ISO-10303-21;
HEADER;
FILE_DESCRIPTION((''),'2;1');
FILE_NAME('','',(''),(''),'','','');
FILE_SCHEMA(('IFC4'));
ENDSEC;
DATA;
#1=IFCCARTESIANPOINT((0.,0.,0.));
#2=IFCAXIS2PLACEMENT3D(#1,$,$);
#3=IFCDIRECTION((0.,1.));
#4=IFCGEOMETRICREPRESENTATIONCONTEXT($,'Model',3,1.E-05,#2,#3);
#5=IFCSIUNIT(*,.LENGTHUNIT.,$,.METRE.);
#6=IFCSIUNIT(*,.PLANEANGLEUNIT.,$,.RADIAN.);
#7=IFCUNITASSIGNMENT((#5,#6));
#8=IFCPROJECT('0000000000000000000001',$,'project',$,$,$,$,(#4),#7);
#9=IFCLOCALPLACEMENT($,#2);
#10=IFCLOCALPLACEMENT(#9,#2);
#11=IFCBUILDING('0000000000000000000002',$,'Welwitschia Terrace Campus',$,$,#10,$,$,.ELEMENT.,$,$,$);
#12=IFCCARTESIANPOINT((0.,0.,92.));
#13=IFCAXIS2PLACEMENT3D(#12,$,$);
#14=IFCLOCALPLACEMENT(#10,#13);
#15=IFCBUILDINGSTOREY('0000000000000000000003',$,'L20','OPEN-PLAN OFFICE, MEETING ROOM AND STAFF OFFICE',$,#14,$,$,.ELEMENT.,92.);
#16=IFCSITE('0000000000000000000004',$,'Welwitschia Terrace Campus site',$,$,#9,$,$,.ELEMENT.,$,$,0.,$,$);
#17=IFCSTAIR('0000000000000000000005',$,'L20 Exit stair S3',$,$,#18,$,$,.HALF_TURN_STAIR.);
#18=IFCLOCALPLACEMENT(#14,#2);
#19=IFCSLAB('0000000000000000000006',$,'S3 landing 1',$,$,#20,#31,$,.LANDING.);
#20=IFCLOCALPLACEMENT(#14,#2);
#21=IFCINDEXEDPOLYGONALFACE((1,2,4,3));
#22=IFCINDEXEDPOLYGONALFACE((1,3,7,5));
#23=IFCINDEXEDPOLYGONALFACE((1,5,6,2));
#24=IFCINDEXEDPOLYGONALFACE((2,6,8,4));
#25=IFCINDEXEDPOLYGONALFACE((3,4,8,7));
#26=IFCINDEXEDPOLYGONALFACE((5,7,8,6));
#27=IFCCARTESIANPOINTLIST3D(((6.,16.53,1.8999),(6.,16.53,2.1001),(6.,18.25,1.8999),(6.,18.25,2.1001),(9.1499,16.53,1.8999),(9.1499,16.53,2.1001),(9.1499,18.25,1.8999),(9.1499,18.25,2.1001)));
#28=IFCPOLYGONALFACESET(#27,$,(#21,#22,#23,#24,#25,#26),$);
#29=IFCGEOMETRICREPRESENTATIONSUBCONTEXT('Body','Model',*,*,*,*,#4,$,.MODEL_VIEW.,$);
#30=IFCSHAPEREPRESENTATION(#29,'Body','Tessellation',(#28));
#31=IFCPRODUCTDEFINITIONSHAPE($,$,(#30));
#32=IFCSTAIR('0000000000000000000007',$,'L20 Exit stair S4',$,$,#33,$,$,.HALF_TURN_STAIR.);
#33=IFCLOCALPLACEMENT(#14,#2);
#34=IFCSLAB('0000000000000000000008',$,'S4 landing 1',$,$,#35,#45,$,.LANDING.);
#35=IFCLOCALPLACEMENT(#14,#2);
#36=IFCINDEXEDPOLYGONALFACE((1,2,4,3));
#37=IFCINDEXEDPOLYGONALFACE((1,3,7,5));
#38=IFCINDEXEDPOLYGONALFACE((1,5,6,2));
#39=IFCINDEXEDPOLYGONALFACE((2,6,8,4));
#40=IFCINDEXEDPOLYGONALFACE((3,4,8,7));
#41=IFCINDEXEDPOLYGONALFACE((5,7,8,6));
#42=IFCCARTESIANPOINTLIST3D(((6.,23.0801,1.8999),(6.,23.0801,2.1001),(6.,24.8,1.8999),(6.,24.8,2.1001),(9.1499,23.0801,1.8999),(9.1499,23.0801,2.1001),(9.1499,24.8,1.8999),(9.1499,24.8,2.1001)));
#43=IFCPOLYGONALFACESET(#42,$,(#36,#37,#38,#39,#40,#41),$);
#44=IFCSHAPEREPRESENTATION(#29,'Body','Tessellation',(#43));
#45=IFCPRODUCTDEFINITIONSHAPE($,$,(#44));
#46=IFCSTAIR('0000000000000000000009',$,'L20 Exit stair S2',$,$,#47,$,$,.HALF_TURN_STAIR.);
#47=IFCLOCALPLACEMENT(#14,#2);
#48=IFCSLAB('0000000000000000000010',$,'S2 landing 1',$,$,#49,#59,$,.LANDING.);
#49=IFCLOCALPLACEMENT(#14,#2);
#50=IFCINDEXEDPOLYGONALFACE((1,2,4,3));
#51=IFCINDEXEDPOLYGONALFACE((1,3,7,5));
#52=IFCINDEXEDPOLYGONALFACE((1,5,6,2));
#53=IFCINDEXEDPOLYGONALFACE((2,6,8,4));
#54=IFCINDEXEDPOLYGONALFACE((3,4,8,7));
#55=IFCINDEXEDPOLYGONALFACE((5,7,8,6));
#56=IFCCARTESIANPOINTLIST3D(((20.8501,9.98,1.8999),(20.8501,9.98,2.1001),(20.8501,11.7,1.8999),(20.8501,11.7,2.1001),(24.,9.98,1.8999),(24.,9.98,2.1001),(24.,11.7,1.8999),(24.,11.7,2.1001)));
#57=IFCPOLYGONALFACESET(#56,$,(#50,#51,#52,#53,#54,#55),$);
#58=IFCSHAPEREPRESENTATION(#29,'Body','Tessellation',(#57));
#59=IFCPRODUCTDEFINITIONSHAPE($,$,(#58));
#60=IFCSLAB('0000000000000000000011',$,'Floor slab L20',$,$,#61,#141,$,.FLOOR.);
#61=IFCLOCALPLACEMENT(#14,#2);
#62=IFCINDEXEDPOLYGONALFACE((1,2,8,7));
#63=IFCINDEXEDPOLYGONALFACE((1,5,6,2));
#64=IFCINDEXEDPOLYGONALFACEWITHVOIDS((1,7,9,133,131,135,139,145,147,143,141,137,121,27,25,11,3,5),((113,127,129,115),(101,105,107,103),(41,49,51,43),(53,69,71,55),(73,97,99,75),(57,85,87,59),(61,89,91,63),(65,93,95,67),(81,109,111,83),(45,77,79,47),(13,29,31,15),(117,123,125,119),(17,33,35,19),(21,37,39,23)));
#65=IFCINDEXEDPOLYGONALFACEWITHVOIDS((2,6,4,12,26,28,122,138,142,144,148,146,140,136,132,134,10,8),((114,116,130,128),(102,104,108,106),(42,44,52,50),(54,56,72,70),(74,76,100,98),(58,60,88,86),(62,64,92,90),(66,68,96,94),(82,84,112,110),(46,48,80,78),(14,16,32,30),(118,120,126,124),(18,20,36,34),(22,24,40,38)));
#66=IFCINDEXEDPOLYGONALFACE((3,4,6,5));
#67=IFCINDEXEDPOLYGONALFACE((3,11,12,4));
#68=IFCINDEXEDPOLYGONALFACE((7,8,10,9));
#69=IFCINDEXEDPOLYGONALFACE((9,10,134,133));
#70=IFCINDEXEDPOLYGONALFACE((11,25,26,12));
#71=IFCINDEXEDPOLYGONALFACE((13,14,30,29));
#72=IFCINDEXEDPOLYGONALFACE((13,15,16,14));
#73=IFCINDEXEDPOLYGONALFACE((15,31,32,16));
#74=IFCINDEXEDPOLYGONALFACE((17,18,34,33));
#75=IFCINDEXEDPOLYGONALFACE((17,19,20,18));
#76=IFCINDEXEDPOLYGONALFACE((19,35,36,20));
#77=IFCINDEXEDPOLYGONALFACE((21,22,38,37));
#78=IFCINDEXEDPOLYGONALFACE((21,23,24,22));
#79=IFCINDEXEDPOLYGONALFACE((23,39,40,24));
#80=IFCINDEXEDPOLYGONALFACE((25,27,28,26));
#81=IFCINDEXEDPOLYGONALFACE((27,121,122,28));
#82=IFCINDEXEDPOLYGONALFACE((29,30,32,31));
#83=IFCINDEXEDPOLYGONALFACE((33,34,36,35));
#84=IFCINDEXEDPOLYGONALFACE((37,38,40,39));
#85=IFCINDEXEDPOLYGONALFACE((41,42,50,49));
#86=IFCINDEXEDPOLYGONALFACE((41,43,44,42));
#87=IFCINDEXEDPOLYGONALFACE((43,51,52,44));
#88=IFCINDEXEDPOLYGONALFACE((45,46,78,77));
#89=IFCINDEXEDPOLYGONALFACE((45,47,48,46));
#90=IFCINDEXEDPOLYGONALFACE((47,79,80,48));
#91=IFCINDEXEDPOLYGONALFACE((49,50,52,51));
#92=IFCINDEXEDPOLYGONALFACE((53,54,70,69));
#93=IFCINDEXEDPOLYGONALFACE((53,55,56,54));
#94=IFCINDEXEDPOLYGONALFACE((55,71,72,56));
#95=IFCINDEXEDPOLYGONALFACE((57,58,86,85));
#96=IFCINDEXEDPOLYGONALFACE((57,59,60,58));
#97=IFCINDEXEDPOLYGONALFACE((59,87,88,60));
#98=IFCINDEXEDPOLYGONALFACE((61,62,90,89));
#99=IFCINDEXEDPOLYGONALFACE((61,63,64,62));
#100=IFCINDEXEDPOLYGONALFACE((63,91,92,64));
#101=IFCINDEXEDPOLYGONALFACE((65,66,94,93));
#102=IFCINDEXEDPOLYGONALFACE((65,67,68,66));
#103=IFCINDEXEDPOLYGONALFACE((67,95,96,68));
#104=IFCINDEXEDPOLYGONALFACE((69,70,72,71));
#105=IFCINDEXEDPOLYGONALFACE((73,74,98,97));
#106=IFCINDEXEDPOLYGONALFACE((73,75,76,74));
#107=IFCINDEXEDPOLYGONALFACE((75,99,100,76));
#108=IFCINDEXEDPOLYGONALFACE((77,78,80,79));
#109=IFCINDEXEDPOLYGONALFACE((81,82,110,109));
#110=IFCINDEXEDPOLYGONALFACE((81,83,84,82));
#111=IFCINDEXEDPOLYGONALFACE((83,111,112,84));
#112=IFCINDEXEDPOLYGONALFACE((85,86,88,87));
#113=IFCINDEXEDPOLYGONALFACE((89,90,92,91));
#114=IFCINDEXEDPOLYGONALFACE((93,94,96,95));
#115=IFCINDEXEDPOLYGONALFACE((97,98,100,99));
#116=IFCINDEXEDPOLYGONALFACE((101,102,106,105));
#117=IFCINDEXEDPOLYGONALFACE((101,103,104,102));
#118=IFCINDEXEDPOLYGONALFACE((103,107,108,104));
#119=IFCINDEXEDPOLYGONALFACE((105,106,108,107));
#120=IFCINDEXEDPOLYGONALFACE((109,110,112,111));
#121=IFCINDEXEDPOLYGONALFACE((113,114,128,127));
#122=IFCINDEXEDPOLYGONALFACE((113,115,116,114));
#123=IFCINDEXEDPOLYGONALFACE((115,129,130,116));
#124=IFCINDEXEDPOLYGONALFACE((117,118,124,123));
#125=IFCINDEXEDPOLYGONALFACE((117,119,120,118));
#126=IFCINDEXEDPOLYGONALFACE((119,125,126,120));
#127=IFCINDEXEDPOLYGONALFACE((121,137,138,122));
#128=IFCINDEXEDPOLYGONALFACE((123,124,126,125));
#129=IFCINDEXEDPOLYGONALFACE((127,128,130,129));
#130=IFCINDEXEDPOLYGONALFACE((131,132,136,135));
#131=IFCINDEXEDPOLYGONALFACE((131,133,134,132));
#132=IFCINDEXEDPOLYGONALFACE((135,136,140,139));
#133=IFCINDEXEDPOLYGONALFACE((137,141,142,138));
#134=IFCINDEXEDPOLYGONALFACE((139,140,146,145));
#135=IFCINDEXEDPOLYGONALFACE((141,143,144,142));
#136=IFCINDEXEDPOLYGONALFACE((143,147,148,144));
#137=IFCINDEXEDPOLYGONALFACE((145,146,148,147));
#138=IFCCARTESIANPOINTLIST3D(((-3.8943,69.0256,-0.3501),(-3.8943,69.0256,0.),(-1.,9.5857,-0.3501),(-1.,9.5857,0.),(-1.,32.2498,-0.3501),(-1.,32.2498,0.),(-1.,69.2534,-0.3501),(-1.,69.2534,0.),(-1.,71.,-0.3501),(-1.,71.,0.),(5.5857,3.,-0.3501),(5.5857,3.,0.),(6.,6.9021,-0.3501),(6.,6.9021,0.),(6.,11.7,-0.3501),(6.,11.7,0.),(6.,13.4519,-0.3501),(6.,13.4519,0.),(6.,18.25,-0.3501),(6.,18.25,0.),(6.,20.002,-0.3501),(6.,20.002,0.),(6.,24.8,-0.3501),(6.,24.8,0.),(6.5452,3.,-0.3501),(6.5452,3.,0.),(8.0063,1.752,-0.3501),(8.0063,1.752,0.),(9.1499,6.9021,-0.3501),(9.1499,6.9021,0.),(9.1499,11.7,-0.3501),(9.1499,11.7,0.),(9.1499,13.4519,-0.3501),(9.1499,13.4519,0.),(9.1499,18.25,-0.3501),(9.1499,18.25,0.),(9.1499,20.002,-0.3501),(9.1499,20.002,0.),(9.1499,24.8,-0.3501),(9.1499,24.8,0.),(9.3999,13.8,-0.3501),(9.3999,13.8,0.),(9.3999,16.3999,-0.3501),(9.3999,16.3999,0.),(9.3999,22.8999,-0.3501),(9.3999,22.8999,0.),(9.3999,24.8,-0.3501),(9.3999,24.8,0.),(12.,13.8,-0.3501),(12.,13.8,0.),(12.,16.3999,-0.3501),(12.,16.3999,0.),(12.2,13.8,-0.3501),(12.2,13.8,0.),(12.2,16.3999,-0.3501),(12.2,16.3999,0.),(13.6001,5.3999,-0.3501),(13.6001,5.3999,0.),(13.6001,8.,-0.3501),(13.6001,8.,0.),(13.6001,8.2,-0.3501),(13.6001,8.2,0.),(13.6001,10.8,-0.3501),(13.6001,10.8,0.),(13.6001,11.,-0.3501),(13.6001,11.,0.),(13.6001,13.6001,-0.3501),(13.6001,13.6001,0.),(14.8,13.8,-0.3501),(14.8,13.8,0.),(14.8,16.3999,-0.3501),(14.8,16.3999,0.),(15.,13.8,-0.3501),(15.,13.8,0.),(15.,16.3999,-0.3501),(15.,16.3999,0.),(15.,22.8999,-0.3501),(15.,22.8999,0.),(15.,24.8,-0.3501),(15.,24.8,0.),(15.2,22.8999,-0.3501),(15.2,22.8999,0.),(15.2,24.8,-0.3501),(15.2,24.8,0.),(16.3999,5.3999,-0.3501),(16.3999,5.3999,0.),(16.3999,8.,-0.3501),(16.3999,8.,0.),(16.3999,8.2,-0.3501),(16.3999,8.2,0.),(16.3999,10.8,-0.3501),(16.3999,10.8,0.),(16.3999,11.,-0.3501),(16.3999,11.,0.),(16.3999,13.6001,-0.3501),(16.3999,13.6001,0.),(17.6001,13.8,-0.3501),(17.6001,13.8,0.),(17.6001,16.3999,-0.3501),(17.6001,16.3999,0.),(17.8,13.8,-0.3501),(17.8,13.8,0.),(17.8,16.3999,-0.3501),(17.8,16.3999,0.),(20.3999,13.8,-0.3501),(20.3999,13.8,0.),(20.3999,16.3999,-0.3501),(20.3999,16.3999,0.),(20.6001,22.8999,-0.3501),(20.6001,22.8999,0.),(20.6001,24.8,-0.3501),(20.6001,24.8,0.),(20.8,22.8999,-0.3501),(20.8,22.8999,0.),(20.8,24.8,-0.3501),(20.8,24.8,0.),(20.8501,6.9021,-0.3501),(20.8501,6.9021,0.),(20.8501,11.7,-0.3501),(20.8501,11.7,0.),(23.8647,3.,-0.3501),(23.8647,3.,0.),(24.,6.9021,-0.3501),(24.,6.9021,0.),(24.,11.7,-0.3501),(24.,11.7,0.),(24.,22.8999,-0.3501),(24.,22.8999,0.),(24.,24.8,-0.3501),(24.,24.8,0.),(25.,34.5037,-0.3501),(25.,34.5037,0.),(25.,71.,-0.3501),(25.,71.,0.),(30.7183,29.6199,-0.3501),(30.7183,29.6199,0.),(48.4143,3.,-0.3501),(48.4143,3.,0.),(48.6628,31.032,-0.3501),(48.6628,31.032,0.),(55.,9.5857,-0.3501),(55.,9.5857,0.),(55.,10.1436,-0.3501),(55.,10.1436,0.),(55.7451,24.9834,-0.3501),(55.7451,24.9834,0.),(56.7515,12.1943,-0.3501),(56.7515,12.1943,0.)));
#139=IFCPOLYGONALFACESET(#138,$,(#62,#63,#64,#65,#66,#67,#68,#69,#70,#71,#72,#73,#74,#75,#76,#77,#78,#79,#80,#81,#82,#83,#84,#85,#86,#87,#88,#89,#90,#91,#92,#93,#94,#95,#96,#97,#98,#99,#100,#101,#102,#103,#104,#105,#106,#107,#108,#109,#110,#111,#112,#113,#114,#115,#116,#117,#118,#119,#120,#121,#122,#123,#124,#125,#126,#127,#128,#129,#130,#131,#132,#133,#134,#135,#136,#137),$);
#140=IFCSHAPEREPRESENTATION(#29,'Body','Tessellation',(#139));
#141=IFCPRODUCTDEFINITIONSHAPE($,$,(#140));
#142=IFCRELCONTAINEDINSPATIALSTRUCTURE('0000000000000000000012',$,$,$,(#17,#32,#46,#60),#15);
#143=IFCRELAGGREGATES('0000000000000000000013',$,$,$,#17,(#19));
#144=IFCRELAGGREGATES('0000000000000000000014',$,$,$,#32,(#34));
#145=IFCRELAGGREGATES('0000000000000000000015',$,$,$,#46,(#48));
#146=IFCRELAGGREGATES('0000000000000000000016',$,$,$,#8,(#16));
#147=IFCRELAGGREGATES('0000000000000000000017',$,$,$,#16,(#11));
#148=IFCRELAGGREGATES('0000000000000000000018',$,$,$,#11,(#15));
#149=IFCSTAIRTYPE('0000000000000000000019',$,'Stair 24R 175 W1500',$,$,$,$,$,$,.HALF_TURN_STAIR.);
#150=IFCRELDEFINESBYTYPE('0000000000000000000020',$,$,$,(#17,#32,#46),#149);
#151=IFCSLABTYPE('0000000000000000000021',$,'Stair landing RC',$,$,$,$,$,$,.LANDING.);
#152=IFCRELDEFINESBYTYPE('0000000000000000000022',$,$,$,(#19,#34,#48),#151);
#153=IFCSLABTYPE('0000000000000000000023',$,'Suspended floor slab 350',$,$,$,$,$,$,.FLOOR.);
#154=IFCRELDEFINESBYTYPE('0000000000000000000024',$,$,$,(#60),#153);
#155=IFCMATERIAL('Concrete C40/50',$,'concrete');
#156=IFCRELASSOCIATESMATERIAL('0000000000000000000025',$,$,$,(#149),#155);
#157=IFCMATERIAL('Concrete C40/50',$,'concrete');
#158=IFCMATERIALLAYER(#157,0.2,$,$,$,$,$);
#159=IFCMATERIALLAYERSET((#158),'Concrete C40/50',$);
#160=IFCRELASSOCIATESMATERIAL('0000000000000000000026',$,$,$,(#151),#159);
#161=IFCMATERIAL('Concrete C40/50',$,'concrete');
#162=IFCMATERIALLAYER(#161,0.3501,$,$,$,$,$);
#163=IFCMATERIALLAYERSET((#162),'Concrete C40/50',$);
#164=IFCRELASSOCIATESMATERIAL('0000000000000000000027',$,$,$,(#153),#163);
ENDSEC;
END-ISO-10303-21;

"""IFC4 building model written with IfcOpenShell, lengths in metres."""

from ifc_helpers import new_model, si_unit, direction, frame, origin, place, context, subcontext, project, spatial, polyline, outline, extrude, material, layer, layer_set, type_object, element, aggregate, save


model = new_model("IFC4")

# Units and contexts
model_context = context("Model", 3, precision=1e-05, world=origin(), true_north=direction((0.0, 1.0)))
body_context = subcontext(model_context, "Body", "Model", "MODEL_VIEW")
ifc_project = project(units=[si_unit("LENGTHUNIT", "METRE"), si_unit("PLANEANGLEUNIT", "RADIAN")], contexts=[model_context])

# Site, building, storey
site_placement = place(None, origin())
site = spatial("IfcSite", under=ifc_project, at=site_placement, Name="Welwitschia Terrace Campus site", CompositionType="ELEMENT", RefElevation=0.0)
building_placement = place(site_placement, origin())
building = spatial("IfcBuilding", under=site, at=building_placement, Name="Welwitschia Terrace Campus", CompositionType="ELEMENT")
storey_placement = place(building_placement, frame((0.0, 0.0, 92.0)))
storey = spatial("IfcBuildingStorey", under=building, at=storey_placement, Name="L20", Description="OPEN-PLAN OFFICE, MEETING ROOM AND STAFF OFFICE", CompositionType="ELEMENT", Elevation=92.0)

# Stairs, slabs
ifc_material_1 = material(Name="Concrete C40/50", Category="concrete")
stair_type = type_object("IfcStairType", Name="Stair 24R 175 W1500", PredefinedType="HALF_TURN_STAIR", material=ifc_material_1)
ifc_material_2 = material(Name="Concrete C40/50", Category="concrete")
ifc_layer_1 = layer(ifc_material_2, 0.2)
ifc_layer_set_1 = layer_set([ifc_layer_1], Name="Concrete C40/50")
slab_type_1 = type_object("IfcSlabType", Name="Stair landing RC", PredefinedType="LANDING", material=ifc_layer_set_1)
stair_1_placement = place(storey_placement, origin())
stair_1 = element("IfcStair", 1, at=stair_1_placement, inside=storey, type_object=stair_type, Name="L20 Exit stair S3", PredefinedType="HALF_TURN_STAIR")
slab_1_placement = place(storey_placement, frame((0.0, 0.0, 1.8999)))
slab_1 = element("IfcSlab", 2, at=slab_1_placement, type_object=slab_type_1, Name="S3 landing 1", PredefinedType="LANDING", context=body_context, shape_type="SweptSolid", body=[
    extrude(outline(polyline([(9.1499, 16.53), (9.1499, 18.25), (6.0, 18.25), (6.0, 16.53), (9.1499, 16.53)])), origin(), (0.0, 0.0, 1.0), 0.2002),
])
aggregate(stair_1, [slab_1])
stair_2_placement = place(storey_placement, origin())
stair_2 = element("IfcStair", 3, at=stair_2_placement, inside=storey, type_object=stair_type, Name="L20 Exit stair S4", PredefinedType="HALF_TURN_STAIR")
slab_2_placement = place(storey_placement, frame((0.0, 0.0, 1.8999)))
slab_2 = element("IfcSlab", 4, at=slab_2_placement, type_object=slab_type_1, Name="S4 landing 1", PredefinedType="LANDING", context=body_context, shape_type="SweptSolid", body=[
    extrude(outline(polyline([(9.1499, 23.0801), (9.1499, 24.8), (6.0, 24.8), (6.0, 23.0801), (9.1499, 23.0801)])), origin(), (0.0, 0.0, 1.0), 0.2002),
])
aggregate(stair_2, [slab_2])
stair_3_placement = place(storey_placement, origin())
stair_3 = element("IfcStair", 5, at=stair_3_placement, inside=storey, type_object=stair_type, Name="L20 Exit stair S2", PredefinedType="HALF_TURN_STAIR")
slab_3_placement = place(storey_placement, frame((0.0, 0.0, 1.8999)))
slab_3 = element("IfcSlab", 6, at=slab_3_placement, type_object=slab_type_1, Name="S2 landing 1", PredefinedType="LANDING", context=body_context, shape_type="SweptSolid", body=[
    extrude(outline(polyline([(24.0, 9.98), (24.0, 11.7), (20.8501, 11.7), (20.8501, 9.98), (24.0, 9.98)])), origin(), (0.0, 0.0, 1.0), 0.2002),
])
aggregate(stair_3, [slab_3])

# Slab
ifc_material_3 = material(Name="Concrete C40/50", Category="concrete")
ifc_layer_2 = layer(ifc_material_3, 0.3501)
ifc_layer_set_2 = layer_set([ifc_layer_2], Name="Concrete C40/50")
slab_type_2 = type_object("IfcSlabType", Name="Suspended floor slab 350", PredefinedType="FLOOR", material=ifc_layer_set_2)
slab_4_placement = place(storey_placement, frame((0.0, 0.0, -0.3501)))
element("IfcSlab", 7, at=slab_4_placement, inside=storey, type_object=slab_type_2, Name="Floor slab L20", PredefinedType="FLOOR", context=body_context, shape_type="SweptSolid", body=[
    extrude(outline(polyline([(-1.0, 69.2534), (-1.0, 71.0), (25.0, 71.0), (25.0, 34.5037), (30.7183, 29.6199), (48.6628, 31.032), (55.7451, 24.9834), (56.7515, 12.1943), (55.0, 10.1436), (55.0, 9.5857), (48.4143, 3.0), (23.8647, 3.0), (8.0063, 1.752), (6.5452, 3.0), (5.5857, 3.0), (-1.0, 9.5857), (-1.0, 32.2498), (-3.8943, 69.0256), (-1.0, 69.2534)]), holes=[polyline([(13.6001, 8.0), (13.6001, 5.3999), (16.3999, 5.3999), (16.3999, 8.0), (13.6001, 8.0)]), polyline([(9.1499, 11.7), (6.0, 11.7), (6.0, 6.9021), (9.1499, 6.9021), (9.1499, 11.7)]), polyline([(12.0, 16.3999), (9.3999, 16.3999), (9.3999, 13.8), (12.0, 13.8), (12.0, 16.3999)]), polyline([(14.8, 16.3999), (12.2, 16.3999), (12.2, 13.8), (14.8, 13.8), (14.8, 16.3999)]), polyline([(9.1499, 18.25), (6.0, 18.25), (6.0, 13.4519), (9.1499, 13.4519), (9.1499, 18.25)]), polyline([(9.1499, 24.8), (6.0, 24.8), (6.0, 20.002), (9.1499, 20.002), (9.1499, 24.8)]), polyline([(15.0, 24.8), (9.3999, 24.8), (9.3999, 22.8999), (15.0, 22.8999), (15.0, 24.8)]), polyline([(20.8501, 11.7), (20.8501, 6.9021), (24.0, 6.9021), (24.0, 11.7), (20.8501, 11.7)]), polyline([(16.3999, 10.8), (13.6001, 10.8), (13.6001, 8.2), (16.3999, 8.2), (16.3999, 10.8)]), polyline([(16.3999, 13.6001), (13.6001, 13.6001), (13.6001, 11.0), (16.3999, 11.0), (16.3999, 13.6001)]), polyline([(17.6001, 16.3999), (15.0, 16.3999), (15.0, 13.8), (17.6001, 13.8), (17.6001, 16.3999)]), polyline([(20.3999, 16.3999), (17.8, 16.3999), (17.8, 13.8), (20.3999, 13.8), (20.3999, 16.3999)]), polyline([(20.6001, 24.8), (15.2, 24.8), (15.2, 22.8999), (20.6001, 22.8999), (20.6001, 24.8)]), polyline([(24.0, 24.8), (20.8, 24.8), (20.8, 22.8999), (24.0, 22.8999), (24.0, 24.8)])]), origin(), (0.0, 0.0, 1.0), 0.3501),
])

save(model, "model.ifc")
